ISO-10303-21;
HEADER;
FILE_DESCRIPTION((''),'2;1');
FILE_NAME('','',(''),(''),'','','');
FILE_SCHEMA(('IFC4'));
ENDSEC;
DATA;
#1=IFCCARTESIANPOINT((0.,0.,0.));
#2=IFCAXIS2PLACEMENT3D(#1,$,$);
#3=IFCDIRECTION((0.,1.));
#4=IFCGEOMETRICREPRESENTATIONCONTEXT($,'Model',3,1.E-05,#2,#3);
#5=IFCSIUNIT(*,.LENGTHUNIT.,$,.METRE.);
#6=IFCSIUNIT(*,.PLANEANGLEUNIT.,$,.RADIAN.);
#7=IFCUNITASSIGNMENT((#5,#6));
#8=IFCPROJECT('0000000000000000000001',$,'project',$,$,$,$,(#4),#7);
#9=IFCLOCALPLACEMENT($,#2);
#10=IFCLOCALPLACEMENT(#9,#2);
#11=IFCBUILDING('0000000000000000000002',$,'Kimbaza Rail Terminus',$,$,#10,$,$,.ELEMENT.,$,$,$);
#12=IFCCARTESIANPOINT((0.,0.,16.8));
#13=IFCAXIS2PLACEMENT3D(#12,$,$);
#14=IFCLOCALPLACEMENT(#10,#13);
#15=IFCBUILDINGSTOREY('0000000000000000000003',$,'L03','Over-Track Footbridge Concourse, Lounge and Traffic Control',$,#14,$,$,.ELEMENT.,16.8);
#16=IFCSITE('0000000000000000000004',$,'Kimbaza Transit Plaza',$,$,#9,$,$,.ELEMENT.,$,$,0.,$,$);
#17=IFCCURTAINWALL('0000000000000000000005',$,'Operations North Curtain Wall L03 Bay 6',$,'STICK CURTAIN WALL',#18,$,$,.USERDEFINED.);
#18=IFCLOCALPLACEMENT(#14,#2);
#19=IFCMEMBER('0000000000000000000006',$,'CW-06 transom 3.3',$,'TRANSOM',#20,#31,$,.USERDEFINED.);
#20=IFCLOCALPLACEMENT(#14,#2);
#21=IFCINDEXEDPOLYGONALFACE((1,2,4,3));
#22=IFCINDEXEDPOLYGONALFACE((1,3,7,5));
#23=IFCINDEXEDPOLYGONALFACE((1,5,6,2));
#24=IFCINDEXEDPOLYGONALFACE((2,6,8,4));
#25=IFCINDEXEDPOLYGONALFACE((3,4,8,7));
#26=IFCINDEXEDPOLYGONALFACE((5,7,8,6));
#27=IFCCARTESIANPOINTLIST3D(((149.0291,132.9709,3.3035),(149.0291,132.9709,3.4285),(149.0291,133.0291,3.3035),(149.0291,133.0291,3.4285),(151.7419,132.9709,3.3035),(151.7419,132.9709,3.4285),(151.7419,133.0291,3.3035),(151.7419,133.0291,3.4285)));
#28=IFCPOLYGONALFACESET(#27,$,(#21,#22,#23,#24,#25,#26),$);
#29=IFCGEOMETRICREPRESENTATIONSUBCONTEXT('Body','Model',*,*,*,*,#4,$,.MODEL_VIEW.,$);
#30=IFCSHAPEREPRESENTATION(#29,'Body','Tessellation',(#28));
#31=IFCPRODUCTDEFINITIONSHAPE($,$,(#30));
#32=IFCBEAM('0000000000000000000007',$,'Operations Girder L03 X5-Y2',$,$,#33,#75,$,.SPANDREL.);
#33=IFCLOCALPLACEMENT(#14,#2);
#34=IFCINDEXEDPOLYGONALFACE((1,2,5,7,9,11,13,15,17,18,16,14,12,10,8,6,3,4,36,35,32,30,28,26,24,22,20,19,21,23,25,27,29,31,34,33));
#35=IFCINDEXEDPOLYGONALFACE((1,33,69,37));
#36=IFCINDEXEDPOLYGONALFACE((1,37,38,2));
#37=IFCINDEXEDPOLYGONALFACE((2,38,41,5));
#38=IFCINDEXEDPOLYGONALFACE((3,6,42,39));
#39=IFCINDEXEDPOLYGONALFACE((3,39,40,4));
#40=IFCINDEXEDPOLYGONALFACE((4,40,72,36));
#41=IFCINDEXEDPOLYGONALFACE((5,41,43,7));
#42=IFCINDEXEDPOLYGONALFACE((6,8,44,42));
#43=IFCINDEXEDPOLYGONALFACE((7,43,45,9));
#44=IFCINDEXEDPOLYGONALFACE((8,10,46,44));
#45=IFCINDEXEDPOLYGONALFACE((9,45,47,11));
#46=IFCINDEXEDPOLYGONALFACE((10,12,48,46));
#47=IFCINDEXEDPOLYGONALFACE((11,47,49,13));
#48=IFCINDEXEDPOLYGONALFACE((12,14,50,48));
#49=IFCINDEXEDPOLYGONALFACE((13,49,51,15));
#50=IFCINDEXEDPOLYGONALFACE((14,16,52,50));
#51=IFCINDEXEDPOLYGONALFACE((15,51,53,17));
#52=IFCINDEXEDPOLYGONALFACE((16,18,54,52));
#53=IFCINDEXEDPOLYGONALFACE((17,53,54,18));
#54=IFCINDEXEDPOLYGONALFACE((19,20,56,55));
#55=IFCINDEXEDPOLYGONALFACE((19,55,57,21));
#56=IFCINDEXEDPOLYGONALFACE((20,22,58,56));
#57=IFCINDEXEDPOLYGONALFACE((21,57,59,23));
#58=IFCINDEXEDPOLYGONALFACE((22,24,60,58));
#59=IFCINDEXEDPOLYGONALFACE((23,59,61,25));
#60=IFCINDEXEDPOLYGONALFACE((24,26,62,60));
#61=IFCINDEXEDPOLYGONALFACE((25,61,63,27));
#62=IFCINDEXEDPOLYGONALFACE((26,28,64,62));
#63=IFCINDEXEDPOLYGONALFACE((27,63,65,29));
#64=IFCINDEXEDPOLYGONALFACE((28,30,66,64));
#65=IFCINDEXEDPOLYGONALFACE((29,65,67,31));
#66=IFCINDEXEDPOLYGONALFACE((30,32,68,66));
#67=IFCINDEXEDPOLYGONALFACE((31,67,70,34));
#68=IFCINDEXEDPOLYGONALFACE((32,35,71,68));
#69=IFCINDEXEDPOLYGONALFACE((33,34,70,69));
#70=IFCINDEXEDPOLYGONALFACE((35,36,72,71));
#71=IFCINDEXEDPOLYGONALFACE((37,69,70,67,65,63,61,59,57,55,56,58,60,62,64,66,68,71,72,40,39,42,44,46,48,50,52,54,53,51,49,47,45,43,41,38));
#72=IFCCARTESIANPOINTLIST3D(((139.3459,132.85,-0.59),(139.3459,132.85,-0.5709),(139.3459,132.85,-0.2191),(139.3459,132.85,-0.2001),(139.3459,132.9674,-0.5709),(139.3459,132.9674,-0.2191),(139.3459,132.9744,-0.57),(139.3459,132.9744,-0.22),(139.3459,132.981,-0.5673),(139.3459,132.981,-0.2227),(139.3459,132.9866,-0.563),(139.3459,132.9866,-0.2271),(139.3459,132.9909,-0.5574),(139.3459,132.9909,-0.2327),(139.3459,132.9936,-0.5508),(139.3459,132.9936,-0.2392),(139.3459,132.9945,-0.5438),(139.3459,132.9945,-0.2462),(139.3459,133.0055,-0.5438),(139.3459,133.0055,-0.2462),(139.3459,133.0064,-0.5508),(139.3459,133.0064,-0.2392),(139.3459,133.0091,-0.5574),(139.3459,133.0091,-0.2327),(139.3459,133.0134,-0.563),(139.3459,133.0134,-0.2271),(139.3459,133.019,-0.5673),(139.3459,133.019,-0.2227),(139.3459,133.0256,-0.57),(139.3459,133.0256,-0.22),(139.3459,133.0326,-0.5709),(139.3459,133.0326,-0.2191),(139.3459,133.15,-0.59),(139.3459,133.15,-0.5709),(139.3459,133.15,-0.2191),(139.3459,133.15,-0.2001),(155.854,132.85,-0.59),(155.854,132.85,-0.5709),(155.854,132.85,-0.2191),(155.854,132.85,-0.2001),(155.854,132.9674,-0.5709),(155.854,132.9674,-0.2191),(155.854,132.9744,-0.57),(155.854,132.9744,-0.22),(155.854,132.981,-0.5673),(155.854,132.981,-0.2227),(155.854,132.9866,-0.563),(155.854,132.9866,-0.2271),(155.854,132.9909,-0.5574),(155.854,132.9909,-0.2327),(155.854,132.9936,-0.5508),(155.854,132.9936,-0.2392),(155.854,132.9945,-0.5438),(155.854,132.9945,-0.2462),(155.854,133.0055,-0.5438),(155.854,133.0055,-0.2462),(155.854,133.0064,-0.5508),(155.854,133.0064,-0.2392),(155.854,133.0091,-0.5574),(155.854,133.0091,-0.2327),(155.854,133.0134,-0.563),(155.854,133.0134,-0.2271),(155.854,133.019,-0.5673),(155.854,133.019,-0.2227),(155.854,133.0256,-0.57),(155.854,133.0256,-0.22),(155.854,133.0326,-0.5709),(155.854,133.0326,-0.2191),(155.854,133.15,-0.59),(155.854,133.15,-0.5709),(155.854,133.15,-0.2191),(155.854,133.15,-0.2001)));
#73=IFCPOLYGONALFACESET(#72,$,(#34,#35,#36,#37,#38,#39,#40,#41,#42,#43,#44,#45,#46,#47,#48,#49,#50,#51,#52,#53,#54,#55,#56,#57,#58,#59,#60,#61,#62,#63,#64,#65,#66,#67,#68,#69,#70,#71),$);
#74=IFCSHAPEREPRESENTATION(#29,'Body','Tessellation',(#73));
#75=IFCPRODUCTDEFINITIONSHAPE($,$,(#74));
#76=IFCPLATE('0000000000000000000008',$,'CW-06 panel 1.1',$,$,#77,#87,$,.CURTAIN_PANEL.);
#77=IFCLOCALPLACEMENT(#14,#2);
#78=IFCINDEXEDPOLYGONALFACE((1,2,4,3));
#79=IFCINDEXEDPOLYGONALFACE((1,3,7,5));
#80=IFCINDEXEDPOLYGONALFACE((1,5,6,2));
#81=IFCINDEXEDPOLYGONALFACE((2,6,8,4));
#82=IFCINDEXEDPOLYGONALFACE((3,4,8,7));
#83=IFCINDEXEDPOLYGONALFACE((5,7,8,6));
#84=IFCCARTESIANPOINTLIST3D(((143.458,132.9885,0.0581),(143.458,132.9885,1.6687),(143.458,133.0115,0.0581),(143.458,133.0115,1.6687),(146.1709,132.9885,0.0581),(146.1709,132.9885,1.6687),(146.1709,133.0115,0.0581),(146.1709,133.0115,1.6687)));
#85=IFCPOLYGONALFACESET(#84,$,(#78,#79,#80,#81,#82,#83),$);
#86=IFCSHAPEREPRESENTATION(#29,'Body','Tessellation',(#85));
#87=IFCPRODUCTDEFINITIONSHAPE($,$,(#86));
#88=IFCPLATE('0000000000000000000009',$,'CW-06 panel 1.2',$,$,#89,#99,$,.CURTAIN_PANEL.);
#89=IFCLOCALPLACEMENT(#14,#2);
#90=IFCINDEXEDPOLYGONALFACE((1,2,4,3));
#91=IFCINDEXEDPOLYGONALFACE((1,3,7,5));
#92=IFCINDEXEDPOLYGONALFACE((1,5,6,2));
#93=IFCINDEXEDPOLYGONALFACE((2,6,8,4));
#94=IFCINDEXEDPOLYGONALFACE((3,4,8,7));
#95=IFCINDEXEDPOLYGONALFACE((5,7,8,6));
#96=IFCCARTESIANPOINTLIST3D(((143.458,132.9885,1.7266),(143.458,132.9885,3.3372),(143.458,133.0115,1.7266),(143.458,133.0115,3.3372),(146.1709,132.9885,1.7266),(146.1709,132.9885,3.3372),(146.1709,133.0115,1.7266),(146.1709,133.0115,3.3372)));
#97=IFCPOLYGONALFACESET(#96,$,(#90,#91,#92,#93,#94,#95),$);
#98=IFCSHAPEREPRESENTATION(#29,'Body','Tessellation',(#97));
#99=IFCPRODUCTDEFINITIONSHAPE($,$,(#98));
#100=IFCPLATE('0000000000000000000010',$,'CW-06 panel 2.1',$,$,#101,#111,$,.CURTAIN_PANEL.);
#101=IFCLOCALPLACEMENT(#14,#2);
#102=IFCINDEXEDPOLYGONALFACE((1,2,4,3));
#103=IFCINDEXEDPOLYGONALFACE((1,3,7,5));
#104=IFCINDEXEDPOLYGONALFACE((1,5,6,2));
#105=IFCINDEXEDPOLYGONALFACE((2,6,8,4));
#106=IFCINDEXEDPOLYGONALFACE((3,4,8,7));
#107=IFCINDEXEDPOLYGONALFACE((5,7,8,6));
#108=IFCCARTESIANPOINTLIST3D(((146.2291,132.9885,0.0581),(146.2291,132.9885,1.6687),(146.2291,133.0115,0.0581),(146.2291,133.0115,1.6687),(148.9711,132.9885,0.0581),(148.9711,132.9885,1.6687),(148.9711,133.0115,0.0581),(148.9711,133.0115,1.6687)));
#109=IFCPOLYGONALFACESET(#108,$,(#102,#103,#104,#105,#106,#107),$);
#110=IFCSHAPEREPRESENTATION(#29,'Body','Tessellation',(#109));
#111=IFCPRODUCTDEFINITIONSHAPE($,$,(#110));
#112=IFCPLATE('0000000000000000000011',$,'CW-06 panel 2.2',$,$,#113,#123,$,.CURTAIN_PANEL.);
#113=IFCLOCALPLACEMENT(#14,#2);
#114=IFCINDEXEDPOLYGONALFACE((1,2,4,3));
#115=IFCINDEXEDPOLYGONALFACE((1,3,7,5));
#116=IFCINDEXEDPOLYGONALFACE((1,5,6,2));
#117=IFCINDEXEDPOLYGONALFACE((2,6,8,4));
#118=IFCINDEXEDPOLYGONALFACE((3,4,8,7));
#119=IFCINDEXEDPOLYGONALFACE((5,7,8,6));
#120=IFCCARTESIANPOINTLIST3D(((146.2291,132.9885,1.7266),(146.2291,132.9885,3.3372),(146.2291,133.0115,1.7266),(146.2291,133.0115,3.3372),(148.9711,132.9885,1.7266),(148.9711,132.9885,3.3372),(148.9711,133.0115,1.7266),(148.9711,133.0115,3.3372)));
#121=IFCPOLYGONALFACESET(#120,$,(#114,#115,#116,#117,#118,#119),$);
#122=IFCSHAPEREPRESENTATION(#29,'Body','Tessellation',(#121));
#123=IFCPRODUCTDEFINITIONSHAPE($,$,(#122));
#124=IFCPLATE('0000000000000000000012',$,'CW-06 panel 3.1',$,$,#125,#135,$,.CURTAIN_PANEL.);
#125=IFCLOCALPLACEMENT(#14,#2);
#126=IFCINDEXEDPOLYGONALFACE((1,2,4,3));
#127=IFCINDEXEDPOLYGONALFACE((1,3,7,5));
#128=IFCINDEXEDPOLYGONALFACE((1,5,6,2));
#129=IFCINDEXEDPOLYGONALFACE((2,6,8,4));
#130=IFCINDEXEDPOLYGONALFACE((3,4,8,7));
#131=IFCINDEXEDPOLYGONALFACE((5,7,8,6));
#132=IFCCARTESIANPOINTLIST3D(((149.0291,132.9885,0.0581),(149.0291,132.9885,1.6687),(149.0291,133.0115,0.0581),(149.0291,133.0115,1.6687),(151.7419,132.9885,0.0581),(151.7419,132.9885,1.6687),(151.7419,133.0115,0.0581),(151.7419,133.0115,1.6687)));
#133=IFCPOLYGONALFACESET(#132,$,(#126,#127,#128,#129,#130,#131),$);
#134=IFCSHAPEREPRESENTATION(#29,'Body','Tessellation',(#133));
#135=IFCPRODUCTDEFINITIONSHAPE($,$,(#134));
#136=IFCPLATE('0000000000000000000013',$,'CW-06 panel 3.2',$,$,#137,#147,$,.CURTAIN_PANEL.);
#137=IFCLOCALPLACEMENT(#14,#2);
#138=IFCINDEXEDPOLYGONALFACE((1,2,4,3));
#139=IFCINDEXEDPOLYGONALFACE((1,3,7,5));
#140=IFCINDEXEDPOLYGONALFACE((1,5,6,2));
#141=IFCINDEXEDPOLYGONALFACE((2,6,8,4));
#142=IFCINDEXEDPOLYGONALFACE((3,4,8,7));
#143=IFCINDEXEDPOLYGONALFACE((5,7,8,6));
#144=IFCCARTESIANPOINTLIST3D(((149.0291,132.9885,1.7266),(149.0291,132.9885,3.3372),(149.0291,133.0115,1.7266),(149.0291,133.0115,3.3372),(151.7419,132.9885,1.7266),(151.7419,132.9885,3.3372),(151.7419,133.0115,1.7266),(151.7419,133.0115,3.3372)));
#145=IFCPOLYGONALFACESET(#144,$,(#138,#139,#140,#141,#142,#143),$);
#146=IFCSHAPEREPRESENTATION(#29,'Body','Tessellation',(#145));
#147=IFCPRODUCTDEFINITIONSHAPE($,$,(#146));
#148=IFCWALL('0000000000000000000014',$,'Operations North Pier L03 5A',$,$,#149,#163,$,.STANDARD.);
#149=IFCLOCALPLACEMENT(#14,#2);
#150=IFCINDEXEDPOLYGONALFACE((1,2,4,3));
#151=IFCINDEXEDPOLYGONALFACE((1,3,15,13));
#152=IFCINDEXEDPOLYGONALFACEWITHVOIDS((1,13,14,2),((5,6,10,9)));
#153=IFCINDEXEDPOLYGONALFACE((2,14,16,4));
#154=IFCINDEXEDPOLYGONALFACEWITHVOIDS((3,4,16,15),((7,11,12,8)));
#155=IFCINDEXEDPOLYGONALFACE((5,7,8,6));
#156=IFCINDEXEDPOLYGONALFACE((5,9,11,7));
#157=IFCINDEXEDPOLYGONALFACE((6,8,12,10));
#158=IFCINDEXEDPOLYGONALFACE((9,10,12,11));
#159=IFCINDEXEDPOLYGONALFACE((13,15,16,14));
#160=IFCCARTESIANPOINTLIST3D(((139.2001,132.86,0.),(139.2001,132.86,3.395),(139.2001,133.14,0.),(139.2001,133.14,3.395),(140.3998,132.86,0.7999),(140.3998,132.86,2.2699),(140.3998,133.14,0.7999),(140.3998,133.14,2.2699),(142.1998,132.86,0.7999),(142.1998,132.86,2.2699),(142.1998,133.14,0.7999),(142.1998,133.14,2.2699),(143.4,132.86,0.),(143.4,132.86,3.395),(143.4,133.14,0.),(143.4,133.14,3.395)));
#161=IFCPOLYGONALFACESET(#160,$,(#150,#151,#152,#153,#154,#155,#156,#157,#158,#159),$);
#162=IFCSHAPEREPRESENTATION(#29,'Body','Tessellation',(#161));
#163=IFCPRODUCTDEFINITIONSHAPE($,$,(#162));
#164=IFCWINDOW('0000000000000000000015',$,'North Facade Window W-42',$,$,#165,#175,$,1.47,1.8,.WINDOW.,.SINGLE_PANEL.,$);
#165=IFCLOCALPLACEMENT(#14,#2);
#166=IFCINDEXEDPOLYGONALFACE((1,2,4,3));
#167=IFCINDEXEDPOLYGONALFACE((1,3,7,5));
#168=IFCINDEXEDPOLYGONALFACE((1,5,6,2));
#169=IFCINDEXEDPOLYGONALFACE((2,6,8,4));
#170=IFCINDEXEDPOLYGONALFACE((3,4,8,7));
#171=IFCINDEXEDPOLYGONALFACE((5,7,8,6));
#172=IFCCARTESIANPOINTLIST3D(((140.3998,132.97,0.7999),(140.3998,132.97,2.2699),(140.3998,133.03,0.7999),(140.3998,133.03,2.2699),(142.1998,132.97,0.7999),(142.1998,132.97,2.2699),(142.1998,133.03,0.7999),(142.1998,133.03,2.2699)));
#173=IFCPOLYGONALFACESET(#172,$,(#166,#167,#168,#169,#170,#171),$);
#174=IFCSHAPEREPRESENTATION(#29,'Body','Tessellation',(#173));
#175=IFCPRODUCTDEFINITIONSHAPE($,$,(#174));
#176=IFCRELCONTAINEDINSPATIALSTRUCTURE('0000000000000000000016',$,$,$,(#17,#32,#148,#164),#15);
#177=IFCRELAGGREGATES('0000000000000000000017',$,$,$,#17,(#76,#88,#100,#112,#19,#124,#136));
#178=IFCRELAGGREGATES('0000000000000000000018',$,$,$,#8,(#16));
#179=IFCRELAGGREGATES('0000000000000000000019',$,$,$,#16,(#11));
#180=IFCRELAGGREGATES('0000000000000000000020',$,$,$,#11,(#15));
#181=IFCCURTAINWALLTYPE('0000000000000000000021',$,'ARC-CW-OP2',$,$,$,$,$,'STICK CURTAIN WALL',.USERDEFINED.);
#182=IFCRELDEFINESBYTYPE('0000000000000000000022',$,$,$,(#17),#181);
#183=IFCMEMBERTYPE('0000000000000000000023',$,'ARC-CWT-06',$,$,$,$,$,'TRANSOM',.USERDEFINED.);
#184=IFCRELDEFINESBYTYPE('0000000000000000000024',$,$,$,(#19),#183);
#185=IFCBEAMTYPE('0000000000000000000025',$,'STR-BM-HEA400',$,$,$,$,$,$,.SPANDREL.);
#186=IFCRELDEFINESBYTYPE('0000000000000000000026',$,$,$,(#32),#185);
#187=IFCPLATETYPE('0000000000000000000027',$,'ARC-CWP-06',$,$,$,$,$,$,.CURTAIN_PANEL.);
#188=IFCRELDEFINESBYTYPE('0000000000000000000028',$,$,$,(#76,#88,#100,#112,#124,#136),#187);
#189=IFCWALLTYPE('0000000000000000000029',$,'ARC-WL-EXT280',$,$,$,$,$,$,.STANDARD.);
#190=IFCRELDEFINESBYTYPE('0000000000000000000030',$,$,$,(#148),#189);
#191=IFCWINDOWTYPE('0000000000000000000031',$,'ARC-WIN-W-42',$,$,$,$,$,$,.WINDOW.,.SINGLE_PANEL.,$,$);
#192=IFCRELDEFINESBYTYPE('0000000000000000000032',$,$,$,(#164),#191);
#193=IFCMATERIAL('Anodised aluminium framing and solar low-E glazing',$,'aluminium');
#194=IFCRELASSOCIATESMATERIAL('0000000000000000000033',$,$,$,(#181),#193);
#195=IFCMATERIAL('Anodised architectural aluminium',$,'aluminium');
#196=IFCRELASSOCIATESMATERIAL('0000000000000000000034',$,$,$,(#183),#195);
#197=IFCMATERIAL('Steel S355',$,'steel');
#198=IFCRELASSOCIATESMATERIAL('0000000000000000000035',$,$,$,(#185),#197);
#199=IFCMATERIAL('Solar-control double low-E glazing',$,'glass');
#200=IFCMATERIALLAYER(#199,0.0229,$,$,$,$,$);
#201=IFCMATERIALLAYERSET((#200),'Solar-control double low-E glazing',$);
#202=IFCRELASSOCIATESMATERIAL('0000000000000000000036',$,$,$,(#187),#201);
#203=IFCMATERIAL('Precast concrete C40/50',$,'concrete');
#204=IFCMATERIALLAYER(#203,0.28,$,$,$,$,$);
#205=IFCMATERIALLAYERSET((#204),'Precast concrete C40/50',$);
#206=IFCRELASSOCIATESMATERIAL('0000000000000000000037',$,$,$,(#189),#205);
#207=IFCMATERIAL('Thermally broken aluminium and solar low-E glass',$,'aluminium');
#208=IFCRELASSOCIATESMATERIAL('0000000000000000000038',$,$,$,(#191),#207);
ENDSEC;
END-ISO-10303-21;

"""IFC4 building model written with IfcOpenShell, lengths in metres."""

from ifc_helpers import new_model, si_unit, direction, frame, frame_2d, origin, origin_2d, place, context, subcontext, project, spatial, rectangle, i_section, extrude, material, layer, layer_set, material_profile, profile_set, type_object, element, fill, aggregate, save


model = new_model("IFC4")

# Units and contexts
model_context = context("Model", 3, precision=1e-05, world=origin(), true_north=direction((0.0, 1.0)))
body_context = subcontext(model_context, "Body", "Model", "MODEL_VIEW")
ifc_project = project(units=[si_unit("LENGTHUNIT", "METRE"), si_unit("PLANEANGLEUNIT", "RADIAN")], contexts=[model_context])

# Site, building, storey
site_placement = place(None, origin())
site = spatial("IfcSite", under=ifc_project, at=site_placement, Name="Kimbaza Transit Plaza", CompositionType="ELEMENT", RefElevation=0.0)
building_placement = place(site_placement, origin())
building = spatial("IfcBuilding", under=site, at=building_placement, Name="Kimbaza Rail Terminus", CompositionType="ELEMENT")
storey_placement = place(building_placement, frame((0.0, 0.0, 16.8)))
storey = spatial("IfcBuildingStorey", under=building, at=storey_placement, Name="L03", Description="Over-Track Footbridge Concourse, Lounge and Traffic Control", CompositionType="ELEMENT", Elevation=16.8)

# Curtain wall, member
ifc_material_1 = material(Name="Anodised aluminium framing and solar low-E glazing", Category="aluminium")
curtain_wall_type = type_object("IfcCurtainWallType", Name="ARC-CW-OP2", ElementType="STICK CURTAIN WALL", PredefinedType="USERDEFINED", material=ifc_material_1)
curtain_wall_placement = place(storey_placement, origin())
curtain_wall = element("IfcCurtainWall", 1, at=curtain_wall_placement, inside=storey, type_object=curtain_wall_type, Name="Operations North Curtain Wall L03 Bay 6", ObjectType="STICK CURTAIN WALL", PredefinedType="USERDEFINED")
ifc_material_2 = material(Name="Anodised architectural aluminium", Category="aluminium")
ifc_material_profile_1 = material_profile(ifc_material_2, rectangle(XDim=0.0581, YDim=0.125, at=origin_2d()), Name="TRANSOM 58x125")
ifc_profile_set_1 = profile_set([ifc_material_profile_1], Name="Anodised architectural aluminium")
member_type_1 = type_object("IfcMemberType", Name="ARC-CWT-06", ElementType="TRANSOM", PredefinedType="USERDEFINED", material=ifc_profile_set_1)
member_1_placement = place(storey_placement, frame((149.0291, 133.0, 3.366), z_axis=(1.0, 0.0, 0.0), x_axis=(0.0, 1.0, 0.0)))
member_1 = element("IfcMember", 2, at=member_1_placement, type_object=member_type_1, Name="CW-06 transom 3.3", ObjectType="TRANSOM", PredefinedType="USERDEFINED", context=body_context, shape_type="SweptSolid", body=[
    extrude(rectangle(XDim=0.0581, YDim=0.125, at=origin_2d()), origin(), (0.0, 0.0, 1.0), 2.7129),
])

# Beam
ifc_material_3 = material(Name="Steel S355", Category="steel")
ifc_material_profile_2 = material_profile(ifc_material_3, i_section(OverallWidth=0.3, OverallDepth=0.3899, WebThickness=0.011, FlangeThickness=0.019, FilletRadius=0.0271, at=origin_2d()), Name="HEA 400")
ifc_profile_set_2 = profile_set([ifc_material_profile_2], Name="Steel S355")
beam_type = type_object("IfcBeamType", Name="STR-BM-HEA400", PredefinedType="SPANDREL", material=ifc_profile_set_2)
beam_placement = place(storey_placement, frame((139.3459, 133.0, -0.395), z_axis=(1.0, 0.0, 0.0), x_axis=(0.0, 1.0, 0.0)))
element("IfcBeam", 3, at=beam_placement, inside=storey, type_object=beam_type, Name="Operations Girder L03 X5-Y2", PredefinedType="SPANDREL", context=body_context, shape_type="SweptSolid", body=[
    extrude(i_section(OverallWidth=0.3, OverallDepth=0.3899, WebThickness=0.011, FlangeThickness=0.019, FilletRadius=0.0271, at=origin_2d()), origin(), (0.0, 0.0, 1.0), 16.5081),
])

# Plates
ifc_material_4 = material(Name="Solar-control double low-E glazing", Category="glass")
ifc_layer_1 = layer(ifc_material_4, 0.0229)
ifc_layer_set_1 = layer_set([ifc_layer_1], Name="Solar-control double low-E glazing")
plate_type = type_object("IfcPlateType", Name="ARC-CWP-06", PredefinedType="CURTAIN_PANEL", material=ifc_layer_set_1)
plate_1_placement = place(storey_placement, frame((144.8145, 133.0, 0.0581), z_axis=(0.0, 0.0, 1.0), x_axis=(1.0, 0.0, 0.0)))
plate_1 = element("IfcPlate", 4, at=plate_1_placement, type_object=plate_type, Name="CW-06 panel 1.1", PredefinedType="CURTAIN_PANEL", context=body_context, shape_type="SweptSolid", body=[
    extrude(rectangle(XDim=2.7129, YDim=0.0229, at=origin_2d()), origin(), (0.0, 0.0, 1.0), 1.6106),
])
plate_2_placement = place(storey_placement, frame((144.8145, 133.0, 1.7266), z_axis=(0.0, 0.0, 1.0), x_axis=(1.0, 0.0, 0.0)))
plate_2 = element("IfcPlate", 5, at=plate_2_placement, type_object=plate_type, Name="CW-06 panel 1.2", PredefinedType="CURTAIN_PANEL", context=body_context, shape_type="SweptSolid", body=[
    extrude(rectangle(XDim=2.7129, YDim=0.0229, at=origin_2d()), origin(), (0.0, 0.0, 1.0), 1.6106),
])
plate_3_placement = place(storey_placement, frame((147.6001, 133.0, 0.0581), z_axis=(0.0, 0.0, 1.0), x_axis=(1.0, 0.0, 0.0)))
plate_3 = element("IfcPlate", 6, at=plate_3_placement, type_object=plate_type, Name="CW-06 panel 2.1", PredefinedType="CURTAIN_PANEL", context=body_context, shape_type="SweptSolid", body=[
    extrude(rectangle(XDim=2.7419, YDim=0.0229, at=origin_2d()), origin(), (0.0, 0.0, 1.0), 1.6106),
])
plate_4_placement = place(storey_placement, frame((147.6001, 133.0, 1.7266), z_axis=(0.0, 0.0, 1.0), x_axis=(1.0, 0.0, 0.0)))
plate_4 = element("IfcPlate", 7, at=plate_4_placement, type_object=plate_type, Name="CW-06 panel 2.2", PredefinedType="CURTAIN_PANEL", context=body_context, shape_type="SweptSolid", body=[
    extrude(rectangle(XDim=2.7419, YDim=0.0229, at=origin_2d()), origin(), (0.0, 0.0, 1.0), 1.6106),
])
plate_5_placement = place(storey_placement, frame((150.3855, 133.0, 0.0581), z_axis=(0.0, 0.0, 1.0), x_axis=(1.0, 0.0, 0.0)))
plate_5 = element("IfcPlate", 8, at=plate_5_placement, type_object=plate_type, Name="CW-06 panel 3.1", PredefinedType="CURTAIN_PANEL", context=body_context, shape_type="SweptSolid", body=[
    extrude(rectangle(XDim=2.7129, YDim=0.0229, at=origin_2d()), origin(), (0.0, 0.0, 1.0), 1.6106),
])
plate_6_placement = place(storey_placement, frame((150.3855, 133.0, 1.7266), z_axis=(0.0, 0.0, 1.0), x_axis=(1.0, 0.0, 0.0)))
plate_6 = element("IfcPlate", 9, at=plate_6_placement, type_object=plate_type, Name="CW-06 panel 3.2", PredefinedType="CURTAIN_PANEL", context=body_context, shape_type="SweptSolid", body=[
    extrude(rectangle(XDim=2.7129, YDim=0.0229, at=origin_2d()), origin(), (0.0, 0.0, 1.0), 1.6106),
])
aggregate(curtain_wall, [plate_1, plate_2, plate_3, plate_4, member_1, plate_5, plate_6])

# Wall, opening, window
ifc_material_5 = material(Name="Precast concrete C40/50", Category="concrete")
ifc_layer_2 = layer(ifc_material_5, 0.28)
ifc_layer_set_2 = layer_set([ifc_layer_2], Name="Precast concrete C40/50")
wall_type_1 = type_object("IfcWallType", Name="ARC-WL-EXT280", PredefinedType="STANDARD", material=ifc_layer_set_2)
wall_1_placement = place(storey_placement, frame((139.2, 133.0, 0.0), z_axis=(0.0, 0.0, 1.0), x_axis=(1.0, 0.0, 0.0)))
wall_1 = element("IfcWall", 10, at=wall_1_placement, inside=storey, type_object=wall_type_1, Name="Operations North Pier L03 5A", PredefinedType="STANDARD", context=body_context, shape_type="SweptSolid", body=[
    extrude(rectangle(XDim=4.2, YDim=0.28, at=frame_2d((2.1001, 0.0))), origin(), (0.0, 0.0, 1.0), 3.395),
])
opening_1_placement = place(wall_1_placement, frame((1.2, 0.0, 0.8)))
opening_1 = element("IfcOpeningElement", 11, at=opening_1_placement, cuts=wall_1, PredefinedType="OPENING", context=body_context, shape_type="SweptSolid", body=[
    extrude(rectangle(XDim=1.8, YDim=1.47, at=frame_2d((0.8999, 0.7349))), frame((0.0, 0.1499, 0.0), z_axis=(0.0, -1.0, 0.0), x_axis=(1.0, 0.0, 0.0)), (0.0, 0.0, 1.0), 0.3),
])
ifc_material_6 = material(Name="Thermally broken aluminium and solar low-E glass", Category="aluminium")
window_type = type_object("IfcWindowType", Name="ARC-WIN-W-42", PartitioningType="SINGLE_PANEL", PredefinedType="WINDOW", material=ifc_material_6)
window_placement = place(opening_1_placement, origin())
window = element("IfcWindow", 12, at=window_placement, inside=storey, type_object=window_type, Name="North Facade Window W-42", OverallHeight=1.47, OverallWidth=1.8, PartitioningType="SINGLE_PANEL", PredefinedType="WINDOW", context=body_context, shape_type="SweptSolid", body=[
    extrude(rectangle(XDim=1.8, YDim=1.47, at=frame_2d((0.8999, 0.7349))), frame((0.0, 0.03, 0.0), z_axis=(0.0, -1.0, 0.0), x_axis=(1.0, 0.0, 0.0)), (0.0, 0.0, 1.0), 0.0601),
])
fill(opening_1, window)

save(model, "model.ifc")
